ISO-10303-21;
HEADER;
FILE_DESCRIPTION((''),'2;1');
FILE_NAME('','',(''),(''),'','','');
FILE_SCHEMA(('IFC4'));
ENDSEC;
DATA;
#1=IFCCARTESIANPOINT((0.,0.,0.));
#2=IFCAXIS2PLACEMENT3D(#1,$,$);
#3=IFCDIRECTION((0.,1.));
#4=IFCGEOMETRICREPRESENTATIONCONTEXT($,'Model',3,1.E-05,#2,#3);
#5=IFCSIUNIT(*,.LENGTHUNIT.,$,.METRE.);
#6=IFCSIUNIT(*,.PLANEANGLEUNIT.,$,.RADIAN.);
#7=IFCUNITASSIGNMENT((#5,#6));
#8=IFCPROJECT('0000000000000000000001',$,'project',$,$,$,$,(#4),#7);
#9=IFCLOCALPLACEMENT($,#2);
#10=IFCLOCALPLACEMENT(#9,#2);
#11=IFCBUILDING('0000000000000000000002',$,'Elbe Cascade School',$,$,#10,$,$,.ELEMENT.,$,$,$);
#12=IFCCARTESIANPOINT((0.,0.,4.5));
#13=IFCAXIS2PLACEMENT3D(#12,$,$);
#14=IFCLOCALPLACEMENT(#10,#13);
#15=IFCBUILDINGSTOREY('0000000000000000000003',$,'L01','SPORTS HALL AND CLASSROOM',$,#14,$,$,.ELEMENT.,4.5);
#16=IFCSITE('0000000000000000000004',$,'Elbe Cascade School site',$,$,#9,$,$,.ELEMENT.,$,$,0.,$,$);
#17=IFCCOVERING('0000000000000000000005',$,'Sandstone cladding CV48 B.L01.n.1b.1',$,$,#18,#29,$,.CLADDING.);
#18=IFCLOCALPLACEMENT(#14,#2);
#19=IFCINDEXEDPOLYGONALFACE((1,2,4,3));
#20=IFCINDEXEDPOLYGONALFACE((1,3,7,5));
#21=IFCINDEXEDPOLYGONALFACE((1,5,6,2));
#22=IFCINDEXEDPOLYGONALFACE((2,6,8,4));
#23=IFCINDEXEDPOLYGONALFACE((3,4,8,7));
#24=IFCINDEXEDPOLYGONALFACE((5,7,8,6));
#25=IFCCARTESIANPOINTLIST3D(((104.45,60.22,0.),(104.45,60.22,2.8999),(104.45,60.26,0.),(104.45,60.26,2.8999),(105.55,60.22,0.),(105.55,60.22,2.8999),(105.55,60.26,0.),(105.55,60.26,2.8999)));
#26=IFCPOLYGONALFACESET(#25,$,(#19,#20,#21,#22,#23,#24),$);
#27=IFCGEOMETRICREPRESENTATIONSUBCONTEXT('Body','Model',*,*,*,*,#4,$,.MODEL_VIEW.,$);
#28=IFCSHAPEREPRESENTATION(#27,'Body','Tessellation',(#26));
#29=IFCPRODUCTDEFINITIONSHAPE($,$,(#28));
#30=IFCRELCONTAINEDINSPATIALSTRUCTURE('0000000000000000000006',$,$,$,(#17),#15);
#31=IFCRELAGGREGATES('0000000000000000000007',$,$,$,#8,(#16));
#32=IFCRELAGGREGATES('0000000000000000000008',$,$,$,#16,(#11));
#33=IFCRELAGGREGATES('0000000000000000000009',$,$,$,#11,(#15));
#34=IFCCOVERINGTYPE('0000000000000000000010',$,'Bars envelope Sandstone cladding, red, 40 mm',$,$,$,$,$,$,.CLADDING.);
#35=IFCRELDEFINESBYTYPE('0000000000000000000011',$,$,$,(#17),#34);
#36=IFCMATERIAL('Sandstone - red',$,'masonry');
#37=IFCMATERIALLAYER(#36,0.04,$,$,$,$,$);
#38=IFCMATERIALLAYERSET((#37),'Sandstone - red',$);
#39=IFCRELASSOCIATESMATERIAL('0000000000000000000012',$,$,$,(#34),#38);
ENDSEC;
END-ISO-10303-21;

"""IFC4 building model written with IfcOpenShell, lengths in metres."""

from ifc_helpers import new_model, si_unit, direction, frame, origin, origin_2d, place, context, subcontext, project, spatial, rectangle, extrude, material, layer, layer_set, type_object, element, save


model = new_model("IFC4")

# Units and contexts
model_context = context("Model", 3, precision=1e-05, world=origin(), true_north=direction((0.0, 1.0)))
body_context = subcontext(model_context, "Body", "Model", "MODEL_VIEW")
ifc_project = project(units=[si_unit("LENGTHUNIT", "METRE"), si_unit("PLANEANGLEUNIT", "RADIAN")], contexts=[model_context])

# Site, building, storey
site_placement = place(None, origin())
site = spatial("IfcSite", under=ifc_project, at=site_placement, Name="Elbe Cascade School site", CompositionType="ELEMENT", RefElevation=0.0)
building_placement = place(site_placement, origin())
building = spatial("IfcBuilding", under=site, at=building_placement, Name="Elbe Cascade School", CompositionType="ELEMENT")
storey_placement = place(building_placement, frame((0.0, 0.0, 4.5)))
storey = spatial("IfcBuildingStorey", under=building, at=storey_placement, Name="L01", Description="SPORTS HALL AND CLASSROOM", CompositionType="ELEMENT", Elevation=4.5)

# Covering
ifc_material_1 = material(Name="Sandstone - red", Category="masonry")
ifc_layer_1 = layer(ifc_material_1, 0.04)
ifc_layer_set_1 = layer_set([ifc_layer_1], Name="Sandstone - red")
covering_type = type_object("IfcCoveringType", Name="Bars envelope Sandstone cladding, red, 40 mm", PredefinedType="CLADDING", material=ifc_layer_set_1)
covering_placement = place(storey_placement, frame((105.0, 60.24, 0.0), z_axis=(0.0, 0.0, 1.0), x_axis=(1.0, 0.0, 0.0)))
element("IfcCovering", 1, at=covering_placement, inside=storey, type_object=covering_type, Name="Sandstone cladding CV48 B.L01.n.1b.1", PredefinedType="CLADDING", context=body_context, shape_type="SweptSolid", body=[
    extrude(rectangle(XDim=1.1001, YDim=0.04, at=origin_2d()), origin(), (0.0, 0.0, 1.0), 2.8999),
])

save(model, "model.ifc")
